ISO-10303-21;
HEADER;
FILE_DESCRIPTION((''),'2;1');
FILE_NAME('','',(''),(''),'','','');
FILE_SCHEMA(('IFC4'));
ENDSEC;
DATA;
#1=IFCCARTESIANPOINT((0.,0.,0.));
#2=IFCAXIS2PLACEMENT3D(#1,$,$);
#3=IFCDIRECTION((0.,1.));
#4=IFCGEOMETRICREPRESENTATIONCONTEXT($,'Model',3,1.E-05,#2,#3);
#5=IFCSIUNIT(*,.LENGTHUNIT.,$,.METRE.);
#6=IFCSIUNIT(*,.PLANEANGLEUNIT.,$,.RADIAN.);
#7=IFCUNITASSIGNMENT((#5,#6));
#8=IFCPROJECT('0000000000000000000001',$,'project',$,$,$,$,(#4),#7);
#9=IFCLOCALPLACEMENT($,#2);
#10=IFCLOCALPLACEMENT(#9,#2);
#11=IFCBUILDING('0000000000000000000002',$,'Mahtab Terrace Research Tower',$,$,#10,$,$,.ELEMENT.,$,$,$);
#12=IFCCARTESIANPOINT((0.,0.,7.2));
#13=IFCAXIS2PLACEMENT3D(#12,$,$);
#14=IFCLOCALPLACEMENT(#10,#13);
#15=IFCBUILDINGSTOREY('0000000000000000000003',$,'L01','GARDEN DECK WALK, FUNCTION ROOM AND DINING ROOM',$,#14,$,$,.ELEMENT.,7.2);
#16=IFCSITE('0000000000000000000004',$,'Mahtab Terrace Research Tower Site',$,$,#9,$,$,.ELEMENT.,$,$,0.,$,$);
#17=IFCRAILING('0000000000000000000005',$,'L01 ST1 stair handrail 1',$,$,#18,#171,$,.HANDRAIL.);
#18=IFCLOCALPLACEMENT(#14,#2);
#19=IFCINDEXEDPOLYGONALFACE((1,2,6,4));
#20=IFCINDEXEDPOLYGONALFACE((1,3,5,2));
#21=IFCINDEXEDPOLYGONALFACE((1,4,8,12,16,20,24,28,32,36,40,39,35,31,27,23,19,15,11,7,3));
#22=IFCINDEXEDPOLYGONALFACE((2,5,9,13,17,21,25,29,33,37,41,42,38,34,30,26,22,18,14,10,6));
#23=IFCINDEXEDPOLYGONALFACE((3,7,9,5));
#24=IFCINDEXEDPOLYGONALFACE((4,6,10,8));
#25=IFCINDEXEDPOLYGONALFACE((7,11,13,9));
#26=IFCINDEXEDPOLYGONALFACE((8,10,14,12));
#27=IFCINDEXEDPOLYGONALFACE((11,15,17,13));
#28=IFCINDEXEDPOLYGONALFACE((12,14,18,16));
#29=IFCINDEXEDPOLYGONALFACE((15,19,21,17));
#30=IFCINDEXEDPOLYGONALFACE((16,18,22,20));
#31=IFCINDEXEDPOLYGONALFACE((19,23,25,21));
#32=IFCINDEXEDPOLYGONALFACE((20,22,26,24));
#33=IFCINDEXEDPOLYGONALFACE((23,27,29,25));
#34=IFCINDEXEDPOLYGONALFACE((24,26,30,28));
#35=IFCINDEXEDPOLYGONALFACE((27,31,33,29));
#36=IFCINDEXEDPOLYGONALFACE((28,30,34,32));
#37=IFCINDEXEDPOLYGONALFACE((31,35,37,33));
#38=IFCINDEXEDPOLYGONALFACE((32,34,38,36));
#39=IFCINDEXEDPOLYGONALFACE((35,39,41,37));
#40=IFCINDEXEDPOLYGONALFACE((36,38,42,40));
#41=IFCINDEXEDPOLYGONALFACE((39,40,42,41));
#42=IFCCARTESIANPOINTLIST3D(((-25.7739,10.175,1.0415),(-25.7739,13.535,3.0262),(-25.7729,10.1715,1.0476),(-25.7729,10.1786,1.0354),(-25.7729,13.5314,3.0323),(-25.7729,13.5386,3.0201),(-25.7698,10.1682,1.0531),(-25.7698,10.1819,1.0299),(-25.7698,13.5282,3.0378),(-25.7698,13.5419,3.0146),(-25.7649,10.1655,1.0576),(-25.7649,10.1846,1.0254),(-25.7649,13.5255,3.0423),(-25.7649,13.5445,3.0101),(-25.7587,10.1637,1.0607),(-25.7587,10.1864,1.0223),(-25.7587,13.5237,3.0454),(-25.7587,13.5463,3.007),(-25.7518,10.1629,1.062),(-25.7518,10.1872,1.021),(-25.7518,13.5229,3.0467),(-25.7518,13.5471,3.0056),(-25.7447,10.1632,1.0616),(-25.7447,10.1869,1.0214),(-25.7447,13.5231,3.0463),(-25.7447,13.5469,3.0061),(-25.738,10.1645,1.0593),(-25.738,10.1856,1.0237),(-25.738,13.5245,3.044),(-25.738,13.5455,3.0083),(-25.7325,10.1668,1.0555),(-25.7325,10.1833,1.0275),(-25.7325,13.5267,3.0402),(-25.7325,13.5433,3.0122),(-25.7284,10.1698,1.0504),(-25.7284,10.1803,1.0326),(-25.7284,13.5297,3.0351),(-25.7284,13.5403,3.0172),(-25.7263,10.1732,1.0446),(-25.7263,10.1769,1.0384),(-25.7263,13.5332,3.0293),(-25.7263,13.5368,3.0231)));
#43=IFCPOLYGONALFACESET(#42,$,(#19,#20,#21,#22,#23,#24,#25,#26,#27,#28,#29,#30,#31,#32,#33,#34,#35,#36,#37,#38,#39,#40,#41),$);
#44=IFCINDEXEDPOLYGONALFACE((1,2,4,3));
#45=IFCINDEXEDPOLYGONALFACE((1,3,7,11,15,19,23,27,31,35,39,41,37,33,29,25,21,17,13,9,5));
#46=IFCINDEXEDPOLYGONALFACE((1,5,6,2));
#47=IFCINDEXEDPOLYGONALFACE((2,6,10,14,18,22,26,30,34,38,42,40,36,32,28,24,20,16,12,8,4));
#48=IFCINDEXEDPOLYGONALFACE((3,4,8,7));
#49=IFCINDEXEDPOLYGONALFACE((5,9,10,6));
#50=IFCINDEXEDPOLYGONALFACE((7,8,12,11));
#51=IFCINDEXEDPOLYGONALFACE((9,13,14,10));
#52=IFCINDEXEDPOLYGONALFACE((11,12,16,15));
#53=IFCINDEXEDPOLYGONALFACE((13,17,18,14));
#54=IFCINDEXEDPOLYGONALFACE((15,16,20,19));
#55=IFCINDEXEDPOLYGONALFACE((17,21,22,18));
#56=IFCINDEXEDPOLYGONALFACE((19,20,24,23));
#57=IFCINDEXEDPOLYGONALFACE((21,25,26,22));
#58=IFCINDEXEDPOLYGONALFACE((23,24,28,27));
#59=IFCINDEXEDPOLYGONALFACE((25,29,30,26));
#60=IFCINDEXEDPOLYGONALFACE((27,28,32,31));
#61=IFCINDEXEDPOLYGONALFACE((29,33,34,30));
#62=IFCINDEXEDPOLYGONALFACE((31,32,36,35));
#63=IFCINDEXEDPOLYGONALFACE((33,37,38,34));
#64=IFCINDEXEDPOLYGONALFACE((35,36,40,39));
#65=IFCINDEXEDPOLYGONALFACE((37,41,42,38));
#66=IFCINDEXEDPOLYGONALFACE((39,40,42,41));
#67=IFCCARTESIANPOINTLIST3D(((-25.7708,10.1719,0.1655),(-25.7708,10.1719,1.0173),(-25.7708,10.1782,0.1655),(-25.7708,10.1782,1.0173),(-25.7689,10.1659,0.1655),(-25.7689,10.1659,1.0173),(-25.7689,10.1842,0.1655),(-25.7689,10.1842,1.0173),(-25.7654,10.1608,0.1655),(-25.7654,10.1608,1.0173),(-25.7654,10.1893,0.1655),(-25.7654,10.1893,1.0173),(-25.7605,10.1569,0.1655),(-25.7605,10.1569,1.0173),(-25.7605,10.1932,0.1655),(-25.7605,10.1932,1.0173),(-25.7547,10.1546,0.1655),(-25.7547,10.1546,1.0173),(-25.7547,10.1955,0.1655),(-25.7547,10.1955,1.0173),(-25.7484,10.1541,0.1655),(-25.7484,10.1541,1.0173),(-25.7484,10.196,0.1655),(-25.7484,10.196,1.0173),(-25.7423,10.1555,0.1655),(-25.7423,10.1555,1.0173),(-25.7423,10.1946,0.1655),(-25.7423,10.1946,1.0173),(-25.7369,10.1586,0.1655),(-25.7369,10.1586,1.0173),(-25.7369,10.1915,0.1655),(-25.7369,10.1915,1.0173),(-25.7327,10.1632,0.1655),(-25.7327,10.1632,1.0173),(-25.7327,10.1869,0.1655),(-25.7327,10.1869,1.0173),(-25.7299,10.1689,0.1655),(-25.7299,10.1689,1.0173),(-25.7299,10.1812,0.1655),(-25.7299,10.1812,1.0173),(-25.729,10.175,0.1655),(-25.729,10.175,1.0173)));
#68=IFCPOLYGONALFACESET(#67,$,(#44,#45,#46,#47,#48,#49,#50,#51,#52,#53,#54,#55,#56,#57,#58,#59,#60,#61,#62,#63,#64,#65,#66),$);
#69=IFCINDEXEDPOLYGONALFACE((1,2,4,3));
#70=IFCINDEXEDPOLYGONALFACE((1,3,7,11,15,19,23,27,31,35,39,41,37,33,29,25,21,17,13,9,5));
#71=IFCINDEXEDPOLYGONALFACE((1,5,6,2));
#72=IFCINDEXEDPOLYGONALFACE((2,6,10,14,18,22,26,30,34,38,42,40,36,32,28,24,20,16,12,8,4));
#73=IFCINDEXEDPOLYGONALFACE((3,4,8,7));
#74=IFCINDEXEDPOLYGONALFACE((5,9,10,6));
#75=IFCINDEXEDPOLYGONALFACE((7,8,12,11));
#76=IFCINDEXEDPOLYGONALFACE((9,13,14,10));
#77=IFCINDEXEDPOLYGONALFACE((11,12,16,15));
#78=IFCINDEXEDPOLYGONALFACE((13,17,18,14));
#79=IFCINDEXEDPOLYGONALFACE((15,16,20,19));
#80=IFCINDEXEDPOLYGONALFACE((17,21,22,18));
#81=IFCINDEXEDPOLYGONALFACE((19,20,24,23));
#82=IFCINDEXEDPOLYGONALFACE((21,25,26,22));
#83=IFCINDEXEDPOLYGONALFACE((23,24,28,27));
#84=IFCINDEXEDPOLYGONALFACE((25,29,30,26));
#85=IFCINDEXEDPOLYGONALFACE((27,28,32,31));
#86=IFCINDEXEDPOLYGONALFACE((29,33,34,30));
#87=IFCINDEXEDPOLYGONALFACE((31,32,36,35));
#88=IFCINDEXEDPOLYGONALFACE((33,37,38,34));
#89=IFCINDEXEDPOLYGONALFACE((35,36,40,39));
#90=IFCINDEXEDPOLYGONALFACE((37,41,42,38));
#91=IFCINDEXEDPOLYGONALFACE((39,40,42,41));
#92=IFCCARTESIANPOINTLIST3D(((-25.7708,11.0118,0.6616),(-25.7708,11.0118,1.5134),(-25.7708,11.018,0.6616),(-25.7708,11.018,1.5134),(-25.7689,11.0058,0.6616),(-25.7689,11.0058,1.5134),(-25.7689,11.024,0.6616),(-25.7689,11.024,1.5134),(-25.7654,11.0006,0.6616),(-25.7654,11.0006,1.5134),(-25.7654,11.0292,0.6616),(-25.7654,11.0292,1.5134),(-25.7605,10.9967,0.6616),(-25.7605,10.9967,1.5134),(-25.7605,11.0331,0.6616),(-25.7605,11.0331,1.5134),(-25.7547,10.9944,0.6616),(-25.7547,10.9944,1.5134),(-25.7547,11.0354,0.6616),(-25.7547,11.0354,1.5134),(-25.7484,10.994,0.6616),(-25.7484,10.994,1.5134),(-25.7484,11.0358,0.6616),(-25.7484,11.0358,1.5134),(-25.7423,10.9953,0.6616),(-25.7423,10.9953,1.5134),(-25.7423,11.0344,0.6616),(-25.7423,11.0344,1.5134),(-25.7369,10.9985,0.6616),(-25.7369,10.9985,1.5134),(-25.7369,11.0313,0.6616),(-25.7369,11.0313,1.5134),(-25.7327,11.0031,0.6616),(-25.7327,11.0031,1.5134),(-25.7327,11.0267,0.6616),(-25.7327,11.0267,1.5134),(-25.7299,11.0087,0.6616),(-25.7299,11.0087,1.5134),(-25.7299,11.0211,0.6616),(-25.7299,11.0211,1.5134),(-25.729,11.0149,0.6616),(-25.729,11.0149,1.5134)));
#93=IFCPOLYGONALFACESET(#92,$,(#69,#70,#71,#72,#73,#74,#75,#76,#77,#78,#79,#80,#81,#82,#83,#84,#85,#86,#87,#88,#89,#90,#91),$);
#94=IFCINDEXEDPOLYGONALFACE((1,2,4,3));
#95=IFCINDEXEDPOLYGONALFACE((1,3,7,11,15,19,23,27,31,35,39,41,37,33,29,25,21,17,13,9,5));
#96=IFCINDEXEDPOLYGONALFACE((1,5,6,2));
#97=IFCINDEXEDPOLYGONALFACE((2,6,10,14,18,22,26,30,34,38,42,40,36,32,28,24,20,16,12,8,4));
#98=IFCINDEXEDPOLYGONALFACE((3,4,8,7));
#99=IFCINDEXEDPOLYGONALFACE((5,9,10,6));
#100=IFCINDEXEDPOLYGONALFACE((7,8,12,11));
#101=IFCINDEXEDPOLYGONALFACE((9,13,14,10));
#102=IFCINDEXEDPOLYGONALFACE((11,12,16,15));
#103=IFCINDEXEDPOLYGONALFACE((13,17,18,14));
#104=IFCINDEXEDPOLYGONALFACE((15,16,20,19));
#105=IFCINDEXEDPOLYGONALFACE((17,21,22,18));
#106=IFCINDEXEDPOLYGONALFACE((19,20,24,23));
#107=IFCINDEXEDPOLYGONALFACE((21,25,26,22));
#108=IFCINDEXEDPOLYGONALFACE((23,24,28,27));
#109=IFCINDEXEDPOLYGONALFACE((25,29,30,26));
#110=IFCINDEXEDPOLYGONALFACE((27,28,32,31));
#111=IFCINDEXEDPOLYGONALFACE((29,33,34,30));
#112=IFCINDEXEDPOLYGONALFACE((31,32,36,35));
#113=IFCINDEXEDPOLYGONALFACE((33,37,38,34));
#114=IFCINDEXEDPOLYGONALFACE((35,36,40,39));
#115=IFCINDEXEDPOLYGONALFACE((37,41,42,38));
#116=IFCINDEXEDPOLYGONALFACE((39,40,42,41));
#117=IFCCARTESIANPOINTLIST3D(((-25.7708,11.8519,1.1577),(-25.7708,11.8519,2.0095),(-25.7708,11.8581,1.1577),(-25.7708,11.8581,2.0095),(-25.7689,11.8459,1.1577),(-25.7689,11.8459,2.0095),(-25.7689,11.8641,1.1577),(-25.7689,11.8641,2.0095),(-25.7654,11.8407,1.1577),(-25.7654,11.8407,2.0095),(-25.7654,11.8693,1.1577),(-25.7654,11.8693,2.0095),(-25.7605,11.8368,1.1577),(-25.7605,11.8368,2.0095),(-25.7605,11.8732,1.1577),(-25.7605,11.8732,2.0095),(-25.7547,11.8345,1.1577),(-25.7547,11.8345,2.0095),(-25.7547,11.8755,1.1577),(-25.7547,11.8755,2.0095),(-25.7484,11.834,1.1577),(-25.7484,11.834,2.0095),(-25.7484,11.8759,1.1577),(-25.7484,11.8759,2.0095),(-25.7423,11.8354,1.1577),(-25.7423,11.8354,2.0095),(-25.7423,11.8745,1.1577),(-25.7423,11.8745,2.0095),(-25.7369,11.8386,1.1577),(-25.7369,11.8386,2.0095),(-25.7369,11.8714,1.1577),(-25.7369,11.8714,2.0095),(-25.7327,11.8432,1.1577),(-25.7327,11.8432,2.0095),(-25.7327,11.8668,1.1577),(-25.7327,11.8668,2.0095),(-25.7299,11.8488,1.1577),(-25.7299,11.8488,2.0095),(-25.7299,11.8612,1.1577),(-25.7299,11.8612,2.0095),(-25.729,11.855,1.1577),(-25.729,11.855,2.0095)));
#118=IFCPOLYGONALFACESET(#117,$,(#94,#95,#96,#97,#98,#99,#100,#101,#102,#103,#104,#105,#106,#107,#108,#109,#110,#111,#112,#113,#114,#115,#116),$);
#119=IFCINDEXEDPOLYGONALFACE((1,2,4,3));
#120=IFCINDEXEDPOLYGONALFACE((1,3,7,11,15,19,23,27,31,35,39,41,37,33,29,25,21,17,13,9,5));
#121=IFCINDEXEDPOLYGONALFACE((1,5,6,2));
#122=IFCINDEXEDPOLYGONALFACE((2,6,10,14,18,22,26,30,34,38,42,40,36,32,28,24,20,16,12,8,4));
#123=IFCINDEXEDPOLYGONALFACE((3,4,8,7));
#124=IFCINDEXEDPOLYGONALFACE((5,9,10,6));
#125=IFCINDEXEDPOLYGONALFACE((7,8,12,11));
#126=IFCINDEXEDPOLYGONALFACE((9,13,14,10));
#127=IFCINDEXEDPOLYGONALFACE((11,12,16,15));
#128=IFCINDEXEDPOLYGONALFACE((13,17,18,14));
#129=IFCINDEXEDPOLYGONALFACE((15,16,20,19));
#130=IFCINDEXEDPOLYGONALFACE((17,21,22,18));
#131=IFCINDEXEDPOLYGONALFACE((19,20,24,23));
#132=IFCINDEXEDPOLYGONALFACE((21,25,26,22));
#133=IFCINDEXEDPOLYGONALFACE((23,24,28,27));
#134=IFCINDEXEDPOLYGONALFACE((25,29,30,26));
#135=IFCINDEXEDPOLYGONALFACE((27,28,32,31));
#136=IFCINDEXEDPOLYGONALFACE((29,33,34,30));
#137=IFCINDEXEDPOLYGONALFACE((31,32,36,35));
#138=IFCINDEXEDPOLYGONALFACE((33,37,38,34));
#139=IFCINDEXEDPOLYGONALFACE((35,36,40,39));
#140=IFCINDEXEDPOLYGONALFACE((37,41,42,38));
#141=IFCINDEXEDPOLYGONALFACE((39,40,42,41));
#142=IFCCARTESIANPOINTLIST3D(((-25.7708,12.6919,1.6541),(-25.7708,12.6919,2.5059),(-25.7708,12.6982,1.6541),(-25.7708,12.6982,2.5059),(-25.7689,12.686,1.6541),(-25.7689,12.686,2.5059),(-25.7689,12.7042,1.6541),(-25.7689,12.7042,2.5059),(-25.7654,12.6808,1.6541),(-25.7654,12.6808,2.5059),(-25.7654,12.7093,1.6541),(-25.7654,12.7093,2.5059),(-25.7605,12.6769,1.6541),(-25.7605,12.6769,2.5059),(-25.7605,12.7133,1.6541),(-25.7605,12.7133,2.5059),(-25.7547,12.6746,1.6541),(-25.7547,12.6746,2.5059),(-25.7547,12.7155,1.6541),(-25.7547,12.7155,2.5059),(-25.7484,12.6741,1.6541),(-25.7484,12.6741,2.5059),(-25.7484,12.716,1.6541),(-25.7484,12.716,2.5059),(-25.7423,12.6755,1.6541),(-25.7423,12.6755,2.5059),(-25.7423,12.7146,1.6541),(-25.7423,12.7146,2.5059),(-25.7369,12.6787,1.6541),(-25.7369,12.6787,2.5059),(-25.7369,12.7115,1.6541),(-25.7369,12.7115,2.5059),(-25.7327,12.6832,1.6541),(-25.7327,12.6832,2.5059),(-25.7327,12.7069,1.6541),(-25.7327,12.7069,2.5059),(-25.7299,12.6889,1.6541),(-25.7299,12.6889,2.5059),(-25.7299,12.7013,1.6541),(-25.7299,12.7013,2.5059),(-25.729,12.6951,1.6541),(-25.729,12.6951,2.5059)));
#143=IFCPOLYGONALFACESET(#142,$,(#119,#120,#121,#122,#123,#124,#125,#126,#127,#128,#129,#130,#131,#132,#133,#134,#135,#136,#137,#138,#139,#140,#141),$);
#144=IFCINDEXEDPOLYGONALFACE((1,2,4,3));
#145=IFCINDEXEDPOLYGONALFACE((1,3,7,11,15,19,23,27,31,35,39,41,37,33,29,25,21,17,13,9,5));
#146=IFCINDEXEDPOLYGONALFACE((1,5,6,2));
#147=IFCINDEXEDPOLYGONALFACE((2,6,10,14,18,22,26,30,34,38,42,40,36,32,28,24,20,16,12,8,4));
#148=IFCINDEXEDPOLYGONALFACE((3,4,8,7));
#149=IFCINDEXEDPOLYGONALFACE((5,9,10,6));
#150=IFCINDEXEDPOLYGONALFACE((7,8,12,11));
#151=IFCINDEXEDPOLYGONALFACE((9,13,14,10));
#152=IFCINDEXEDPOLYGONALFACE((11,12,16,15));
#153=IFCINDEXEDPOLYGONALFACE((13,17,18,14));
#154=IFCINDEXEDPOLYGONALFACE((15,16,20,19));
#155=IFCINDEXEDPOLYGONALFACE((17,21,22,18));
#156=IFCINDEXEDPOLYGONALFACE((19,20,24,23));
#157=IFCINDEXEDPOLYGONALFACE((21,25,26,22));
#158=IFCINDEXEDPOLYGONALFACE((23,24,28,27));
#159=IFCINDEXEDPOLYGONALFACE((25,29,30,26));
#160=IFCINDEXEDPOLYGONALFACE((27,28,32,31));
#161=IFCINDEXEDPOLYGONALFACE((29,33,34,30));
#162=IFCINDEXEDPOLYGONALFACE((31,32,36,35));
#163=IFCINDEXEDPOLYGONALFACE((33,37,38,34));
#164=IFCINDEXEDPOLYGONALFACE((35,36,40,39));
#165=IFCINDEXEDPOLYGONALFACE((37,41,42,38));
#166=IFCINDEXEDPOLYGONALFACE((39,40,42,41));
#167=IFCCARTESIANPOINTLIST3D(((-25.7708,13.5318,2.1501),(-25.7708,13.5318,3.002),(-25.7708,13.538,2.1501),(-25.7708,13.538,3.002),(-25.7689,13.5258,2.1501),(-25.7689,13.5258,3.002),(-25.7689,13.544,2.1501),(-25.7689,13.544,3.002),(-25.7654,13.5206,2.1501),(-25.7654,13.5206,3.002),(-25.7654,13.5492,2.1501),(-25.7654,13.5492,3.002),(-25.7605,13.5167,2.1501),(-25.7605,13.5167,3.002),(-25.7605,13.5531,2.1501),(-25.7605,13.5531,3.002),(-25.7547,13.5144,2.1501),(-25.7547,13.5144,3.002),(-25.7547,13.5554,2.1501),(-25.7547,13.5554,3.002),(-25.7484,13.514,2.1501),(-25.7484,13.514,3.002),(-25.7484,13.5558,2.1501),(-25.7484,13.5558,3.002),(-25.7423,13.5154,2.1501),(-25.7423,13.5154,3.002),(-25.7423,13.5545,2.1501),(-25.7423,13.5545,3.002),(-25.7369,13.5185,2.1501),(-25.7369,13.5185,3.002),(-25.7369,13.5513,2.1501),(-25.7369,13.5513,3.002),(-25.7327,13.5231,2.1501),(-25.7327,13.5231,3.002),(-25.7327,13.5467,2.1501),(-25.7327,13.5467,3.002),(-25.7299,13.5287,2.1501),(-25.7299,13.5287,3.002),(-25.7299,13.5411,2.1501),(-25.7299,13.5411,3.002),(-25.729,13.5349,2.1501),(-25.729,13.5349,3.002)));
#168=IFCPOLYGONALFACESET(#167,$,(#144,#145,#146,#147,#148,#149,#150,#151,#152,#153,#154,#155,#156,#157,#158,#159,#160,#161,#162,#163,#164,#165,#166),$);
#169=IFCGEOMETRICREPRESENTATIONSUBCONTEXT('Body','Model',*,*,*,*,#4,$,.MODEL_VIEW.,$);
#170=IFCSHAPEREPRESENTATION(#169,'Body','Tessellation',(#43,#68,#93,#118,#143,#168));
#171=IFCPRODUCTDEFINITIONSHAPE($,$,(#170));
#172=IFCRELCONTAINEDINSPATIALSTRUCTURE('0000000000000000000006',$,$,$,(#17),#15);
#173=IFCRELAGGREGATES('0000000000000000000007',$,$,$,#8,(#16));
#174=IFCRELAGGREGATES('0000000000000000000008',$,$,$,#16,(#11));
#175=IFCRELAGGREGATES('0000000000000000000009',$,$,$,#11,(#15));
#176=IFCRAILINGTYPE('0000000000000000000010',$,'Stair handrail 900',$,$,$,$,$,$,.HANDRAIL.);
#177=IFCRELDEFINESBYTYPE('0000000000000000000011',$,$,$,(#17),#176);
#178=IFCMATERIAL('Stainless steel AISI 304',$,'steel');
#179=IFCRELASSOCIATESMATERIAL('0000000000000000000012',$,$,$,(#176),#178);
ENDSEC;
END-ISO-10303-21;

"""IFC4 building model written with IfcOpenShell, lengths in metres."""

from ifc_helpers import new_model, si_unit, direction, frame, origin, origin_2d, place, context, subcontext, project, spatial, circle, extrude, material, type_object, element, save


model = new_model("IFC4")

# Units and contexts
model_context = context("Model", 3, precision=1e-05, world=origin(), true_north=direction((0.0, 1.0)))
body_context = subcontext(model_context, "Body", "Model", "MODEL_VIEW")
ifc_project = project(units=[si_unit("LENGTHUNIT", "METRE"), si_unit("PLANEANGLEUNIT", "RADIAN")], contexts=[model_context])

# Site, building, storey
site_placement = place(None, origin())
site = spatial("IfcSite", under=ifc_project, at=site_placement, Name="Mahtab Terrace Research Tower Site", CompositionType="ELEMENT", RefElevation=0.0)
building_placement = place(site_placement, origin())
building = spatial("IfcBuilding", under=site, at=building_placement, Name="Mahtab Terrace Research Tower", CompositionType="ELEMENT")
storey_placement = place(building_placement, frame((0.0, 0.0, 7.2)))
storey = spatial("IfcBuildingStorey", under=building, at=storey_placement, Name="L01", Description="GARDEN DECK WALK, FUNCTION ROOM AND DINING ROOM", CompositionType="ELEMENT", Elevation=7.2)

# Railing
ifc_material_1 = material(Name="Stainless steel AISI 304", Category="steel")
railing_type_1 = type_object("IfcRailingType", Name="Stair handrail 900", PredefinedType="HANDRAIL", material=ifc_material_1)
railing_1_placement = place(storey_placement, frame((-25.75, 10.175, 0.1655)))
element("IfcRailing", 1, at=railing_1_placement, inside=storey, type_object=railing_type_1, Name="L01 ST1 stair handrail 1", PredefinedType="HANDRAIL", context=body_context, shape_type="SweptSolid", body=[
    extrude(circle(Radius=0.0239, at=origin_2d()), frame((0.0, 0.0, 0.876), z_axis=(0.0, 0.861011, 0.508586), x_axis=(-1.0, 0.0, 0.0)), (0.0, 0.0, 1.0), 3.9023),
    extrude(circle(Radius=0.021, at=origin_2d()), origin(), (0.0, 0.0, 1.0), 0.8518),
    extrude(circle(Radius=0.021, at=origin_2d()), frame((0.0, 0.8398, 0.4961)), (0.0, 0.0, 1.0), 0.8518),
    extrude(circle(Radius=0.021, at=origin_2d()), frame((0.0, 1.6799, 0.9922)), (0.0, 0.0, 1.0), 0.8518),
    extrude(circle(Radius=0.021, at=origin_2d()), frame((0.0, 2.52, 1.4885)), (0.0, 0.0, 1.0), 0.8518),
    extrude(circle(Radius=0.021, at=origin_2d()), frame((0.0, 3.3599, 1.9846)), (0.0, 0.0, 1.0), 0.8518),
])

save(model, "model.ifc")
